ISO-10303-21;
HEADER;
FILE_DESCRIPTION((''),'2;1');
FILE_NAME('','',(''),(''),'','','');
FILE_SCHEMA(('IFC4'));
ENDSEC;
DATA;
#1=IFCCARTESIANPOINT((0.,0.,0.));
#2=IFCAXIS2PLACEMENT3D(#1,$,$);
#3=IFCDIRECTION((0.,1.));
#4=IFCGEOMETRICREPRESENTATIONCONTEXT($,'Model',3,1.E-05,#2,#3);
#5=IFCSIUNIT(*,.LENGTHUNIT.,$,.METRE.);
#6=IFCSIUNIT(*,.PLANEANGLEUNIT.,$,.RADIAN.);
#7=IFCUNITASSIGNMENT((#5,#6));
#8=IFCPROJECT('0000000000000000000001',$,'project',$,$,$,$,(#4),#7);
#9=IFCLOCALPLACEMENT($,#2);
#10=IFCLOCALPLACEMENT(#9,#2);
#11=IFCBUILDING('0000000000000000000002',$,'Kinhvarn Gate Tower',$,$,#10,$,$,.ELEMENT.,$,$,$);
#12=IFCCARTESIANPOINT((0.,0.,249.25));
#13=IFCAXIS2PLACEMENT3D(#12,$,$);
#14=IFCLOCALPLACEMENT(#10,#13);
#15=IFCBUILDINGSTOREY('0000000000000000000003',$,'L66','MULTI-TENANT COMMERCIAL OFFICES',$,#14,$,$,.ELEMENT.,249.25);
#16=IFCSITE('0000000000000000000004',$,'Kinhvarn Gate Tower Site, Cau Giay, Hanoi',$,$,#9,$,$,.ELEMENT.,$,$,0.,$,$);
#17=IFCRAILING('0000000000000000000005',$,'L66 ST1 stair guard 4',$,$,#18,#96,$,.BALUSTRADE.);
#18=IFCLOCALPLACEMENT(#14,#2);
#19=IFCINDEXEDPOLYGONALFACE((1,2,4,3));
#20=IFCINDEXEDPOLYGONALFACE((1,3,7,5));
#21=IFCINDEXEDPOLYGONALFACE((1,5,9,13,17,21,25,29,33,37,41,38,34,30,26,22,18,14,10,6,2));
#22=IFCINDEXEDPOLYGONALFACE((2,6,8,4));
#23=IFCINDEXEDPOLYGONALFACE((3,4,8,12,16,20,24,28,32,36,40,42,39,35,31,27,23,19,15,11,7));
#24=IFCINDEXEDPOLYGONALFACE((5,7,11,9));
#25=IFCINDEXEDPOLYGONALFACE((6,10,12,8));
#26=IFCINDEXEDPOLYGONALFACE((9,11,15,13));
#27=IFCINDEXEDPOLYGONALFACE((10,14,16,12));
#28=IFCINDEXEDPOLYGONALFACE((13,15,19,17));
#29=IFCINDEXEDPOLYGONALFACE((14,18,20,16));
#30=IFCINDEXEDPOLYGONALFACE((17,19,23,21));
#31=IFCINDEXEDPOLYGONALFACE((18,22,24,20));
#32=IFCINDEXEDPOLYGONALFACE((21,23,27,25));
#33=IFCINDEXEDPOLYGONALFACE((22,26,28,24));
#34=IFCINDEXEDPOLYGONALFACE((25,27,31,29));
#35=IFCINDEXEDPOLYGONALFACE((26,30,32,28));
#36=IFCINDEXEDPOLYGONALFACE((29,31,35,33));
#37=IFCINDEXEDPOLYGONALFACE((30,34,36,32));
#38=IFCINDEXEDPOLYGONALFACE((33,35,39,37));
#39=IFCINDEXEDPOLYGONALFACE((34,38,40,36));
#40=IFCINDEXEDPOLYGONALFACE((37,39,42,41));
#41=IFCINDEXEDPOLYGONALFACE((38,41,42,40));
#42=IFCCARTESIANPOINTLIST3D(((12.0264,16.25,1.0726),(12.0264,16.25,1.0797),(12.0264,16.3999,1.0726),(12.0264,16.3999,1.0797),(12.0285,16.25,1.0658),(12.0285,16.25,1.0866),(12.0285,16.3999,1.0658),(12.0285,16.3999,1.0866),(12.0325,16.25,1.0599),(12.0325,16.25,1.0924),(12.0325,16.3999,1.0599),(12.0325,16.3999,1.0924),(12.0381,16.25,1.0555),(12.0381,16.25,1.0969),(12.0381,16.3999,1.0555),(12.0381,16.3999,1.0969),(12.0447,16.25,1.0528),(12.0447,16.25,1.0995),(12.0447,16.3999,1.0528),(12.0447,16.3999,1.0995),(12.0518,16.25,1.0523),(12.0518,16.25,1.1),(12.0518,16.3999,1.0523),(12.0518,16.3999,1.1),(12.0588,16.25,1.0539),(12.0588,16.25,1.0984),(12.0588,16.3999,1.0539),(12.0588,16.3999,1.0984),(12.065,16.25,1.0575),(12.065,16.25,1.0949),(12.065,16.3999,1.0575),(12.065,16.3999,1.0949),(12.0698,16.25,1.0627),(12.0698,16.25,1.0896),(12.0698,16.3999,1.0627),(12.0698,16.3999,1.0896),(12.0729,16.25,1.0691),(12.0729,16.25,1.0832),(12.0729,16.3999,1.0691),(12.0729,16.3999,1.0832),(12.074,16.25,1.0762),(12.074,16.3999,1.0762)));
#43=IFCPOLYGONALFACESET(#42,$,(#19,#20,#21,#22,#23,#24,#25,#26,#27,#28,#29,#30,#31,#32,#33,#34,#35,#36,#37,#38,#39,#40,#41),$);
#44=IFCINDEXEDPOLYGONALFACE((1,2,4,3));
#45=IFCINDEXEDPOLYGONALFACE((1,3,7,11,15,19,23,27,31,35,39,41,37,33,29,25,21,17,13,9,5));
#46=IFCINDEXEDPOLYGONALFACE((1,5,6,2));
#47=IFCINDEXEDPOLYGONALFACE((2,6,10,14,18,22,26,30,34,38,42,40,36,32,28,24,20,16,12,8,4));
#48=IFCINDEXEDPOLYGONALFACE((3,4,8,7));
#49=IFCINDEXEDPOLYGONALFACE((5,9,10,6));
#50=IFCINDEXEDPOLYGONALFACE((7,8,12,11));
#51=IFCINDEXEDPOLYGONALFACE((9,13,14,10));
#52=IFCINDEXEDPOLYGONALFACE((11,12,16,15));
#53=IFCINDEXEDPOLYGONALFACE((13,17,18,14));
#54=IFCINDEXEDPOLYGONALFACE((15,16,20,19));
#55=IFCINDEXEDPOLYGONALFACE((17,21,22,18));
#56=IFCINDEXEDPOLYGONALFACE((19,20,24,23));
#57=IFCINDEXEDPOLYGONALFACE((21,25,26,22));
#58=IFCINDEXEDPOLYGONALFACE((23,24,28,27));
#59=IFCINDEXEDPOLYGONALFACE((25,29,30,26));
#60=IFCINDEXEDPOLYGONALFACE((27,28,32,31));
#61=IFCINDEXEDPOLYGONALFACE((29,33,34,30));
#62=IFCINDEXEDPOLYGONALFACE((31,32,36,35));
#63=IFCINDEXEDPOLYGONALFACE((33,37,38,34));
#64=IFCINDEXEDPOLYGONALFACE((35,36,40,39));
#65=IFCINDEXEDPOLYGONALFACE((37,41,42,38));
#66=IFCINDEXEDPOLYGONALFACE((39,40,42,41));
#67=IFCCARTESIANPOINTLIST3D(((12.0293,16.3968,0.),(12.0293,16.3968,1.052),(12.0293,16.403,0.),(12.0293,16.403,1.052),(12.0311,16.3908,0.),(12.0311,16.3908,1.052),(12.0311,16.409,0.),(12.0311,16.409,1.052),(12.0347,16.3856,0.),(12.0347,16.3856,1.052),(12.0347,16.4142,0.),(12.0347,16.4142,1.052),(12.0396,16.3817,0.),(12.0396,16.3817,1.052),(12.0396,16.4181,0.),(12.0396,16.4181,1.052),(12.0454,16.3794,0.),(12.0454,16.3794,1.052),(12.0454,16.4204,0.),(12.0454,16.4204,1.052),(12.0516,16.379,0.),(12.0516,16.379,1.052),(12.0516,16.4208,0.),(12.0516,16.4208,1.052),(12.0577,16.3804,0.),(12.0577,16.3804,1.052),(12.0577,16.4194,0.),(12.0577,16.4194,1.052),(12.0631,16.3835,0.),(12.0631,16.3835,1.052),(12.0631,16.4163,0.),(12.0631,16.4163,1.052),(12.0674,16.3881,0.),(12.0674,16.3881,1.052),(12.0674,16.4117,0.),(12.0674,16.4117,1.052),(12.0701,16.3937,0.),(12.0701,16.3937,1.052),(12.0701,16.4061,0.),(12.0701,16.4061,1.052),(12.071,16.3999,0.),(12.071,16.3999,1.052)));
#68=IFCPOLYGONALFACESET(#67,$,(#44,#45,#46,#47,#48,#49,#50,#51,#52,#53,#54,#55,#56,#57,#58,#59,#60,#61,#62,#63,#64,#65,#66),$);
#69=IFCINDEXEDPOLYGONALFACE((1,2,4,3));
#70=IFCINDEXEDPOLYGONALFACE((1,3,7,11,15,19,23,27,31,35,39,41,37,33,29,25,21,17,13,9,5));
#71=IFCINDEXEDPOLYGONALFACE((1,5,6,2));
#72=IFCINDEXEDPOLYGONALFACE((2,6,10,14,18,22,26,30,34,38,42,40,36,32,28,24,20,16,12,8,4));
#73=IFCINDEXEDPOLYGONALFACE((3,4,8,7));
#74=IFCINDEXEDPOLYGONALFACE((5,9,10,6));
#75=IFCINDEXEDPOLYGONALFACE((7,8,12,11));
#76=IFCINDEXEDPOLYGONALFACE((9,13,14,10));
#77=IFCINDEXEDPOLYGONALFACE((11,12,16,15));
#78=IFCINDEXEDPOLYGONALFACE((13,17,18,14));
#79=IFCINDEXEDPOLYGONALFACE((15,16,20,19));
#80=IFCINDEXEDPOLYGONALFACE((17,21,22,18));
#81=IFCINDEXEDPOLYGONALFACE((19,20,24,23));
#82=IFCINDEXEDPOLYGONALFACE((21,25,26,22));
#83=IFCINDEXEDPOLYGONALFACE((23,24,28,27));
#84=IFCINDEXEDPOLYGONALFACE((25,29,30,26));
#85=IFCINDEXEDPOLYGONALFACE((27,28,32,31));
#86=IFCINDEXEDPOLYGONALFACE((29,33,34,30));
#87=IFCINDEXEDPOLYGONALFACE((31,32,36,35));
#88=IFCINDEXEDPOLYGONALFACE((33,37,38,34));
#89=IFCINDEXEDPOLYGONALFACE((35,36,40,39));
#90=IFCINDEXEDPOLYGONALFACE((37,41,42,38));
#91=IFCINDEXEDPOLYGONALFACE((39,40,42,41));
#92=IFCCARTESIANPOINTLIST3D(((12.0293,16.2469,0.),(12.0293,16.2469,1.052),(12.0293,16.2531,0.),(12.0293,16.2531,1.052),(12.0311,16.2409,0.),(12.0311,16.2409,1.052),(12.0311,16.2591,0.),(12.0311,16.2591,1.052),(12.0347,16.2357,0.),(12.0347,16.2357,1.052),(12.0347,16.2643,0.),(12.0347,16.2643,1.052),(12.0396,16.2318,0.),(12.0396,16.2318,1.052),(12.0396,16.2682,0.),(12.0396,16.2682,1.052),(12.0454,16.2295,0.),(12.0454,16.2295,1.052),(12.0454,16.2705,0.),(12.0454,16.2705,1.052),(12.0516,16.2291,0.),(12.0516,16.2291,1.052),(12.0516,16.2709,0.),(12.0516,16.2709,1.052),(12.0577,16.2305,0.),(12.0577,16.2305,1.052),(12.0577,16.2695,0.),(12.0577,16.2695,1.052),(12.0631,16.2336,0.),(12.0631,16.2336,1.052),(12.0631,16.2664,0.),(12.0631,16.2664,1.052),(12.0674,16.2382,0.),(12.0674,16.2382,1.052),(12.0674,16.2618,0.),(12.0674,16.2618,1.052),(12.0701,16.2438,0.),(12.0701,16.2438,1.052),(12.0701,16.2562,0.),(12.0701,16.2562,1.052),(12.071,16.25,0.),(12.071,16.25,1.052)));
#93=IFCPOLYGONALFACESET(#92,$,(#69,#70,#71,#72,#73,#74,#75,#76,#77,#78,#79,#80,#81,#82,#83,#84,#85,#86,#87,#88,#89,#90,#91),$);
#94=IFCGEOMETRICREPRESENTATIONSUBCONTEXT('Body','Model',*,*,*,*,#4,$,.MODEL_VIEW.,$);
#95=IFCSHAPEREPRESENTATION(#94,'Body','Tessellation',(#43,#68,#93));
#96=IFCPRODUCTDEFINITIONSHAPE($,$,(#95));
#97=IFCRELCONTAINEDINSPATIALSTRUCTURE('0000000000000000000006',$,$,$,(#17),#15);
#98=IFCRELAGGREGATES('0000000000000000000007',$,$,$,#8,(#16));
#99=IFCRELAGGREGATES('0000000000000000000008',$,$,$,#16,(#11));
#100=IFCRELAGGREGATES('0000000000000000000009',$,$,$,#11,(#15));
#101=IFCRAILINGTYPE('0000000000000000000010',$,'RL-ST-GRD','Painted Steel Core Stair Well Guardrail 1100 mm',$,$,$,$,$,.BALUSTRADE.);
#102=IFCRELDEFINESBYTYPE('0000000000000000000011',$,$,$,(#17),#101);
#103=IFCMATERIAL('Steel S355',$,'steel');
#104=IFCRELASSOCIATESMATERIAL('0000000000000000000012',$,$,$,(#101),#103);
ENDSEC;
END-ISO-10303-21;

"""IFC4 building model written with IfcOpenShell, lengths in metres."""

from ifc_helpers import new_model, si_unit, direction, frame, origin, origin_2d, place, context, subcontext, project, spatial, circle, extrude, material, type_object, element, save


model = new_model("IFC4")

# Units and contexts
model_context = context("Model", 3, precision=1e-05, world=origin(), true_north=direction((0.0, 1.0)))
body_context = subcontext(model_context, "Body", "Model", "MODEL_VIEW")
ifc_project = project(units=[si_unit("LENGTHUNIT", "METRE"), si_unit("PLANEANGLEUNIT", "RADIAN")], contexts=[model_context])

# Site, building, storey
site_placement = place(None, origin())
site = spatial("IfcSite", under=ifc_project, at=site_placement, Name="Kinhvarn Gate Tower Site, Cau Giay, Hanoi", CompositionType="ELEMENT", RefElevation=0.0)
building_placement = place(site_placement, origin())
building = spatial("IfcBuilding", under=site, at=building_placement, Name="Kinhvarn Gate Tower", CompositionType="ELEMENT")
storey_placement = place(building_placement, frame((0.0, 0.0, 249.25)))
storey = spatial("IfcBuildingStorey", under=building, at=storey_placement, Name="L66", Description="MULTI-TENANT COMMERCIAL OFFICES", CompositionType="ELEMENT", Elevation=249.25)

# Shared definitions
ifc_material_1 = material(Name="Steel S355", Category="steel")

# Railing
railing_type_1 = type_object("IfcRailingType", Name="RL-ST-GRD", Description="Painted Steel Core Stair Well Guardrail 1100 mm", PredefinedType="BALUSTRADE", material=ifc_material_1)
railing_1_placement = place(storey_placement, frame((12.05, 16.3999, 0.0)))
element("IfcRailing", 1, at=railing_1_placement, inside=storey, type_object=railing_type_1, Name="L66 ST1 stair guard 4", PredefinedType="BALUSTRADE", context=body_context, shape_type="SweptSolid", body=[
    extrude(circle(Radius=0.0239, at=origin_2d()), frame((0.0, 0.0, 1.0762), z_axis=(0.0, -1.0, 0.0), x_axis=(1.0, 0.0, 0.0)), (0.0, 0.0, 1.0), 0.1499),
    extrude(circle(Radius=0.021, at=origin_2d()), origin(), (0.0, 0.0, 1.0), 1.052),
    extrude(circle(Radius=0.021, at=origin_2d()), frame((0.0, -0.1499, 0.0)), (0.0, 0.0, 1.0), 1.052),
])

save(model, "model.ifc")
